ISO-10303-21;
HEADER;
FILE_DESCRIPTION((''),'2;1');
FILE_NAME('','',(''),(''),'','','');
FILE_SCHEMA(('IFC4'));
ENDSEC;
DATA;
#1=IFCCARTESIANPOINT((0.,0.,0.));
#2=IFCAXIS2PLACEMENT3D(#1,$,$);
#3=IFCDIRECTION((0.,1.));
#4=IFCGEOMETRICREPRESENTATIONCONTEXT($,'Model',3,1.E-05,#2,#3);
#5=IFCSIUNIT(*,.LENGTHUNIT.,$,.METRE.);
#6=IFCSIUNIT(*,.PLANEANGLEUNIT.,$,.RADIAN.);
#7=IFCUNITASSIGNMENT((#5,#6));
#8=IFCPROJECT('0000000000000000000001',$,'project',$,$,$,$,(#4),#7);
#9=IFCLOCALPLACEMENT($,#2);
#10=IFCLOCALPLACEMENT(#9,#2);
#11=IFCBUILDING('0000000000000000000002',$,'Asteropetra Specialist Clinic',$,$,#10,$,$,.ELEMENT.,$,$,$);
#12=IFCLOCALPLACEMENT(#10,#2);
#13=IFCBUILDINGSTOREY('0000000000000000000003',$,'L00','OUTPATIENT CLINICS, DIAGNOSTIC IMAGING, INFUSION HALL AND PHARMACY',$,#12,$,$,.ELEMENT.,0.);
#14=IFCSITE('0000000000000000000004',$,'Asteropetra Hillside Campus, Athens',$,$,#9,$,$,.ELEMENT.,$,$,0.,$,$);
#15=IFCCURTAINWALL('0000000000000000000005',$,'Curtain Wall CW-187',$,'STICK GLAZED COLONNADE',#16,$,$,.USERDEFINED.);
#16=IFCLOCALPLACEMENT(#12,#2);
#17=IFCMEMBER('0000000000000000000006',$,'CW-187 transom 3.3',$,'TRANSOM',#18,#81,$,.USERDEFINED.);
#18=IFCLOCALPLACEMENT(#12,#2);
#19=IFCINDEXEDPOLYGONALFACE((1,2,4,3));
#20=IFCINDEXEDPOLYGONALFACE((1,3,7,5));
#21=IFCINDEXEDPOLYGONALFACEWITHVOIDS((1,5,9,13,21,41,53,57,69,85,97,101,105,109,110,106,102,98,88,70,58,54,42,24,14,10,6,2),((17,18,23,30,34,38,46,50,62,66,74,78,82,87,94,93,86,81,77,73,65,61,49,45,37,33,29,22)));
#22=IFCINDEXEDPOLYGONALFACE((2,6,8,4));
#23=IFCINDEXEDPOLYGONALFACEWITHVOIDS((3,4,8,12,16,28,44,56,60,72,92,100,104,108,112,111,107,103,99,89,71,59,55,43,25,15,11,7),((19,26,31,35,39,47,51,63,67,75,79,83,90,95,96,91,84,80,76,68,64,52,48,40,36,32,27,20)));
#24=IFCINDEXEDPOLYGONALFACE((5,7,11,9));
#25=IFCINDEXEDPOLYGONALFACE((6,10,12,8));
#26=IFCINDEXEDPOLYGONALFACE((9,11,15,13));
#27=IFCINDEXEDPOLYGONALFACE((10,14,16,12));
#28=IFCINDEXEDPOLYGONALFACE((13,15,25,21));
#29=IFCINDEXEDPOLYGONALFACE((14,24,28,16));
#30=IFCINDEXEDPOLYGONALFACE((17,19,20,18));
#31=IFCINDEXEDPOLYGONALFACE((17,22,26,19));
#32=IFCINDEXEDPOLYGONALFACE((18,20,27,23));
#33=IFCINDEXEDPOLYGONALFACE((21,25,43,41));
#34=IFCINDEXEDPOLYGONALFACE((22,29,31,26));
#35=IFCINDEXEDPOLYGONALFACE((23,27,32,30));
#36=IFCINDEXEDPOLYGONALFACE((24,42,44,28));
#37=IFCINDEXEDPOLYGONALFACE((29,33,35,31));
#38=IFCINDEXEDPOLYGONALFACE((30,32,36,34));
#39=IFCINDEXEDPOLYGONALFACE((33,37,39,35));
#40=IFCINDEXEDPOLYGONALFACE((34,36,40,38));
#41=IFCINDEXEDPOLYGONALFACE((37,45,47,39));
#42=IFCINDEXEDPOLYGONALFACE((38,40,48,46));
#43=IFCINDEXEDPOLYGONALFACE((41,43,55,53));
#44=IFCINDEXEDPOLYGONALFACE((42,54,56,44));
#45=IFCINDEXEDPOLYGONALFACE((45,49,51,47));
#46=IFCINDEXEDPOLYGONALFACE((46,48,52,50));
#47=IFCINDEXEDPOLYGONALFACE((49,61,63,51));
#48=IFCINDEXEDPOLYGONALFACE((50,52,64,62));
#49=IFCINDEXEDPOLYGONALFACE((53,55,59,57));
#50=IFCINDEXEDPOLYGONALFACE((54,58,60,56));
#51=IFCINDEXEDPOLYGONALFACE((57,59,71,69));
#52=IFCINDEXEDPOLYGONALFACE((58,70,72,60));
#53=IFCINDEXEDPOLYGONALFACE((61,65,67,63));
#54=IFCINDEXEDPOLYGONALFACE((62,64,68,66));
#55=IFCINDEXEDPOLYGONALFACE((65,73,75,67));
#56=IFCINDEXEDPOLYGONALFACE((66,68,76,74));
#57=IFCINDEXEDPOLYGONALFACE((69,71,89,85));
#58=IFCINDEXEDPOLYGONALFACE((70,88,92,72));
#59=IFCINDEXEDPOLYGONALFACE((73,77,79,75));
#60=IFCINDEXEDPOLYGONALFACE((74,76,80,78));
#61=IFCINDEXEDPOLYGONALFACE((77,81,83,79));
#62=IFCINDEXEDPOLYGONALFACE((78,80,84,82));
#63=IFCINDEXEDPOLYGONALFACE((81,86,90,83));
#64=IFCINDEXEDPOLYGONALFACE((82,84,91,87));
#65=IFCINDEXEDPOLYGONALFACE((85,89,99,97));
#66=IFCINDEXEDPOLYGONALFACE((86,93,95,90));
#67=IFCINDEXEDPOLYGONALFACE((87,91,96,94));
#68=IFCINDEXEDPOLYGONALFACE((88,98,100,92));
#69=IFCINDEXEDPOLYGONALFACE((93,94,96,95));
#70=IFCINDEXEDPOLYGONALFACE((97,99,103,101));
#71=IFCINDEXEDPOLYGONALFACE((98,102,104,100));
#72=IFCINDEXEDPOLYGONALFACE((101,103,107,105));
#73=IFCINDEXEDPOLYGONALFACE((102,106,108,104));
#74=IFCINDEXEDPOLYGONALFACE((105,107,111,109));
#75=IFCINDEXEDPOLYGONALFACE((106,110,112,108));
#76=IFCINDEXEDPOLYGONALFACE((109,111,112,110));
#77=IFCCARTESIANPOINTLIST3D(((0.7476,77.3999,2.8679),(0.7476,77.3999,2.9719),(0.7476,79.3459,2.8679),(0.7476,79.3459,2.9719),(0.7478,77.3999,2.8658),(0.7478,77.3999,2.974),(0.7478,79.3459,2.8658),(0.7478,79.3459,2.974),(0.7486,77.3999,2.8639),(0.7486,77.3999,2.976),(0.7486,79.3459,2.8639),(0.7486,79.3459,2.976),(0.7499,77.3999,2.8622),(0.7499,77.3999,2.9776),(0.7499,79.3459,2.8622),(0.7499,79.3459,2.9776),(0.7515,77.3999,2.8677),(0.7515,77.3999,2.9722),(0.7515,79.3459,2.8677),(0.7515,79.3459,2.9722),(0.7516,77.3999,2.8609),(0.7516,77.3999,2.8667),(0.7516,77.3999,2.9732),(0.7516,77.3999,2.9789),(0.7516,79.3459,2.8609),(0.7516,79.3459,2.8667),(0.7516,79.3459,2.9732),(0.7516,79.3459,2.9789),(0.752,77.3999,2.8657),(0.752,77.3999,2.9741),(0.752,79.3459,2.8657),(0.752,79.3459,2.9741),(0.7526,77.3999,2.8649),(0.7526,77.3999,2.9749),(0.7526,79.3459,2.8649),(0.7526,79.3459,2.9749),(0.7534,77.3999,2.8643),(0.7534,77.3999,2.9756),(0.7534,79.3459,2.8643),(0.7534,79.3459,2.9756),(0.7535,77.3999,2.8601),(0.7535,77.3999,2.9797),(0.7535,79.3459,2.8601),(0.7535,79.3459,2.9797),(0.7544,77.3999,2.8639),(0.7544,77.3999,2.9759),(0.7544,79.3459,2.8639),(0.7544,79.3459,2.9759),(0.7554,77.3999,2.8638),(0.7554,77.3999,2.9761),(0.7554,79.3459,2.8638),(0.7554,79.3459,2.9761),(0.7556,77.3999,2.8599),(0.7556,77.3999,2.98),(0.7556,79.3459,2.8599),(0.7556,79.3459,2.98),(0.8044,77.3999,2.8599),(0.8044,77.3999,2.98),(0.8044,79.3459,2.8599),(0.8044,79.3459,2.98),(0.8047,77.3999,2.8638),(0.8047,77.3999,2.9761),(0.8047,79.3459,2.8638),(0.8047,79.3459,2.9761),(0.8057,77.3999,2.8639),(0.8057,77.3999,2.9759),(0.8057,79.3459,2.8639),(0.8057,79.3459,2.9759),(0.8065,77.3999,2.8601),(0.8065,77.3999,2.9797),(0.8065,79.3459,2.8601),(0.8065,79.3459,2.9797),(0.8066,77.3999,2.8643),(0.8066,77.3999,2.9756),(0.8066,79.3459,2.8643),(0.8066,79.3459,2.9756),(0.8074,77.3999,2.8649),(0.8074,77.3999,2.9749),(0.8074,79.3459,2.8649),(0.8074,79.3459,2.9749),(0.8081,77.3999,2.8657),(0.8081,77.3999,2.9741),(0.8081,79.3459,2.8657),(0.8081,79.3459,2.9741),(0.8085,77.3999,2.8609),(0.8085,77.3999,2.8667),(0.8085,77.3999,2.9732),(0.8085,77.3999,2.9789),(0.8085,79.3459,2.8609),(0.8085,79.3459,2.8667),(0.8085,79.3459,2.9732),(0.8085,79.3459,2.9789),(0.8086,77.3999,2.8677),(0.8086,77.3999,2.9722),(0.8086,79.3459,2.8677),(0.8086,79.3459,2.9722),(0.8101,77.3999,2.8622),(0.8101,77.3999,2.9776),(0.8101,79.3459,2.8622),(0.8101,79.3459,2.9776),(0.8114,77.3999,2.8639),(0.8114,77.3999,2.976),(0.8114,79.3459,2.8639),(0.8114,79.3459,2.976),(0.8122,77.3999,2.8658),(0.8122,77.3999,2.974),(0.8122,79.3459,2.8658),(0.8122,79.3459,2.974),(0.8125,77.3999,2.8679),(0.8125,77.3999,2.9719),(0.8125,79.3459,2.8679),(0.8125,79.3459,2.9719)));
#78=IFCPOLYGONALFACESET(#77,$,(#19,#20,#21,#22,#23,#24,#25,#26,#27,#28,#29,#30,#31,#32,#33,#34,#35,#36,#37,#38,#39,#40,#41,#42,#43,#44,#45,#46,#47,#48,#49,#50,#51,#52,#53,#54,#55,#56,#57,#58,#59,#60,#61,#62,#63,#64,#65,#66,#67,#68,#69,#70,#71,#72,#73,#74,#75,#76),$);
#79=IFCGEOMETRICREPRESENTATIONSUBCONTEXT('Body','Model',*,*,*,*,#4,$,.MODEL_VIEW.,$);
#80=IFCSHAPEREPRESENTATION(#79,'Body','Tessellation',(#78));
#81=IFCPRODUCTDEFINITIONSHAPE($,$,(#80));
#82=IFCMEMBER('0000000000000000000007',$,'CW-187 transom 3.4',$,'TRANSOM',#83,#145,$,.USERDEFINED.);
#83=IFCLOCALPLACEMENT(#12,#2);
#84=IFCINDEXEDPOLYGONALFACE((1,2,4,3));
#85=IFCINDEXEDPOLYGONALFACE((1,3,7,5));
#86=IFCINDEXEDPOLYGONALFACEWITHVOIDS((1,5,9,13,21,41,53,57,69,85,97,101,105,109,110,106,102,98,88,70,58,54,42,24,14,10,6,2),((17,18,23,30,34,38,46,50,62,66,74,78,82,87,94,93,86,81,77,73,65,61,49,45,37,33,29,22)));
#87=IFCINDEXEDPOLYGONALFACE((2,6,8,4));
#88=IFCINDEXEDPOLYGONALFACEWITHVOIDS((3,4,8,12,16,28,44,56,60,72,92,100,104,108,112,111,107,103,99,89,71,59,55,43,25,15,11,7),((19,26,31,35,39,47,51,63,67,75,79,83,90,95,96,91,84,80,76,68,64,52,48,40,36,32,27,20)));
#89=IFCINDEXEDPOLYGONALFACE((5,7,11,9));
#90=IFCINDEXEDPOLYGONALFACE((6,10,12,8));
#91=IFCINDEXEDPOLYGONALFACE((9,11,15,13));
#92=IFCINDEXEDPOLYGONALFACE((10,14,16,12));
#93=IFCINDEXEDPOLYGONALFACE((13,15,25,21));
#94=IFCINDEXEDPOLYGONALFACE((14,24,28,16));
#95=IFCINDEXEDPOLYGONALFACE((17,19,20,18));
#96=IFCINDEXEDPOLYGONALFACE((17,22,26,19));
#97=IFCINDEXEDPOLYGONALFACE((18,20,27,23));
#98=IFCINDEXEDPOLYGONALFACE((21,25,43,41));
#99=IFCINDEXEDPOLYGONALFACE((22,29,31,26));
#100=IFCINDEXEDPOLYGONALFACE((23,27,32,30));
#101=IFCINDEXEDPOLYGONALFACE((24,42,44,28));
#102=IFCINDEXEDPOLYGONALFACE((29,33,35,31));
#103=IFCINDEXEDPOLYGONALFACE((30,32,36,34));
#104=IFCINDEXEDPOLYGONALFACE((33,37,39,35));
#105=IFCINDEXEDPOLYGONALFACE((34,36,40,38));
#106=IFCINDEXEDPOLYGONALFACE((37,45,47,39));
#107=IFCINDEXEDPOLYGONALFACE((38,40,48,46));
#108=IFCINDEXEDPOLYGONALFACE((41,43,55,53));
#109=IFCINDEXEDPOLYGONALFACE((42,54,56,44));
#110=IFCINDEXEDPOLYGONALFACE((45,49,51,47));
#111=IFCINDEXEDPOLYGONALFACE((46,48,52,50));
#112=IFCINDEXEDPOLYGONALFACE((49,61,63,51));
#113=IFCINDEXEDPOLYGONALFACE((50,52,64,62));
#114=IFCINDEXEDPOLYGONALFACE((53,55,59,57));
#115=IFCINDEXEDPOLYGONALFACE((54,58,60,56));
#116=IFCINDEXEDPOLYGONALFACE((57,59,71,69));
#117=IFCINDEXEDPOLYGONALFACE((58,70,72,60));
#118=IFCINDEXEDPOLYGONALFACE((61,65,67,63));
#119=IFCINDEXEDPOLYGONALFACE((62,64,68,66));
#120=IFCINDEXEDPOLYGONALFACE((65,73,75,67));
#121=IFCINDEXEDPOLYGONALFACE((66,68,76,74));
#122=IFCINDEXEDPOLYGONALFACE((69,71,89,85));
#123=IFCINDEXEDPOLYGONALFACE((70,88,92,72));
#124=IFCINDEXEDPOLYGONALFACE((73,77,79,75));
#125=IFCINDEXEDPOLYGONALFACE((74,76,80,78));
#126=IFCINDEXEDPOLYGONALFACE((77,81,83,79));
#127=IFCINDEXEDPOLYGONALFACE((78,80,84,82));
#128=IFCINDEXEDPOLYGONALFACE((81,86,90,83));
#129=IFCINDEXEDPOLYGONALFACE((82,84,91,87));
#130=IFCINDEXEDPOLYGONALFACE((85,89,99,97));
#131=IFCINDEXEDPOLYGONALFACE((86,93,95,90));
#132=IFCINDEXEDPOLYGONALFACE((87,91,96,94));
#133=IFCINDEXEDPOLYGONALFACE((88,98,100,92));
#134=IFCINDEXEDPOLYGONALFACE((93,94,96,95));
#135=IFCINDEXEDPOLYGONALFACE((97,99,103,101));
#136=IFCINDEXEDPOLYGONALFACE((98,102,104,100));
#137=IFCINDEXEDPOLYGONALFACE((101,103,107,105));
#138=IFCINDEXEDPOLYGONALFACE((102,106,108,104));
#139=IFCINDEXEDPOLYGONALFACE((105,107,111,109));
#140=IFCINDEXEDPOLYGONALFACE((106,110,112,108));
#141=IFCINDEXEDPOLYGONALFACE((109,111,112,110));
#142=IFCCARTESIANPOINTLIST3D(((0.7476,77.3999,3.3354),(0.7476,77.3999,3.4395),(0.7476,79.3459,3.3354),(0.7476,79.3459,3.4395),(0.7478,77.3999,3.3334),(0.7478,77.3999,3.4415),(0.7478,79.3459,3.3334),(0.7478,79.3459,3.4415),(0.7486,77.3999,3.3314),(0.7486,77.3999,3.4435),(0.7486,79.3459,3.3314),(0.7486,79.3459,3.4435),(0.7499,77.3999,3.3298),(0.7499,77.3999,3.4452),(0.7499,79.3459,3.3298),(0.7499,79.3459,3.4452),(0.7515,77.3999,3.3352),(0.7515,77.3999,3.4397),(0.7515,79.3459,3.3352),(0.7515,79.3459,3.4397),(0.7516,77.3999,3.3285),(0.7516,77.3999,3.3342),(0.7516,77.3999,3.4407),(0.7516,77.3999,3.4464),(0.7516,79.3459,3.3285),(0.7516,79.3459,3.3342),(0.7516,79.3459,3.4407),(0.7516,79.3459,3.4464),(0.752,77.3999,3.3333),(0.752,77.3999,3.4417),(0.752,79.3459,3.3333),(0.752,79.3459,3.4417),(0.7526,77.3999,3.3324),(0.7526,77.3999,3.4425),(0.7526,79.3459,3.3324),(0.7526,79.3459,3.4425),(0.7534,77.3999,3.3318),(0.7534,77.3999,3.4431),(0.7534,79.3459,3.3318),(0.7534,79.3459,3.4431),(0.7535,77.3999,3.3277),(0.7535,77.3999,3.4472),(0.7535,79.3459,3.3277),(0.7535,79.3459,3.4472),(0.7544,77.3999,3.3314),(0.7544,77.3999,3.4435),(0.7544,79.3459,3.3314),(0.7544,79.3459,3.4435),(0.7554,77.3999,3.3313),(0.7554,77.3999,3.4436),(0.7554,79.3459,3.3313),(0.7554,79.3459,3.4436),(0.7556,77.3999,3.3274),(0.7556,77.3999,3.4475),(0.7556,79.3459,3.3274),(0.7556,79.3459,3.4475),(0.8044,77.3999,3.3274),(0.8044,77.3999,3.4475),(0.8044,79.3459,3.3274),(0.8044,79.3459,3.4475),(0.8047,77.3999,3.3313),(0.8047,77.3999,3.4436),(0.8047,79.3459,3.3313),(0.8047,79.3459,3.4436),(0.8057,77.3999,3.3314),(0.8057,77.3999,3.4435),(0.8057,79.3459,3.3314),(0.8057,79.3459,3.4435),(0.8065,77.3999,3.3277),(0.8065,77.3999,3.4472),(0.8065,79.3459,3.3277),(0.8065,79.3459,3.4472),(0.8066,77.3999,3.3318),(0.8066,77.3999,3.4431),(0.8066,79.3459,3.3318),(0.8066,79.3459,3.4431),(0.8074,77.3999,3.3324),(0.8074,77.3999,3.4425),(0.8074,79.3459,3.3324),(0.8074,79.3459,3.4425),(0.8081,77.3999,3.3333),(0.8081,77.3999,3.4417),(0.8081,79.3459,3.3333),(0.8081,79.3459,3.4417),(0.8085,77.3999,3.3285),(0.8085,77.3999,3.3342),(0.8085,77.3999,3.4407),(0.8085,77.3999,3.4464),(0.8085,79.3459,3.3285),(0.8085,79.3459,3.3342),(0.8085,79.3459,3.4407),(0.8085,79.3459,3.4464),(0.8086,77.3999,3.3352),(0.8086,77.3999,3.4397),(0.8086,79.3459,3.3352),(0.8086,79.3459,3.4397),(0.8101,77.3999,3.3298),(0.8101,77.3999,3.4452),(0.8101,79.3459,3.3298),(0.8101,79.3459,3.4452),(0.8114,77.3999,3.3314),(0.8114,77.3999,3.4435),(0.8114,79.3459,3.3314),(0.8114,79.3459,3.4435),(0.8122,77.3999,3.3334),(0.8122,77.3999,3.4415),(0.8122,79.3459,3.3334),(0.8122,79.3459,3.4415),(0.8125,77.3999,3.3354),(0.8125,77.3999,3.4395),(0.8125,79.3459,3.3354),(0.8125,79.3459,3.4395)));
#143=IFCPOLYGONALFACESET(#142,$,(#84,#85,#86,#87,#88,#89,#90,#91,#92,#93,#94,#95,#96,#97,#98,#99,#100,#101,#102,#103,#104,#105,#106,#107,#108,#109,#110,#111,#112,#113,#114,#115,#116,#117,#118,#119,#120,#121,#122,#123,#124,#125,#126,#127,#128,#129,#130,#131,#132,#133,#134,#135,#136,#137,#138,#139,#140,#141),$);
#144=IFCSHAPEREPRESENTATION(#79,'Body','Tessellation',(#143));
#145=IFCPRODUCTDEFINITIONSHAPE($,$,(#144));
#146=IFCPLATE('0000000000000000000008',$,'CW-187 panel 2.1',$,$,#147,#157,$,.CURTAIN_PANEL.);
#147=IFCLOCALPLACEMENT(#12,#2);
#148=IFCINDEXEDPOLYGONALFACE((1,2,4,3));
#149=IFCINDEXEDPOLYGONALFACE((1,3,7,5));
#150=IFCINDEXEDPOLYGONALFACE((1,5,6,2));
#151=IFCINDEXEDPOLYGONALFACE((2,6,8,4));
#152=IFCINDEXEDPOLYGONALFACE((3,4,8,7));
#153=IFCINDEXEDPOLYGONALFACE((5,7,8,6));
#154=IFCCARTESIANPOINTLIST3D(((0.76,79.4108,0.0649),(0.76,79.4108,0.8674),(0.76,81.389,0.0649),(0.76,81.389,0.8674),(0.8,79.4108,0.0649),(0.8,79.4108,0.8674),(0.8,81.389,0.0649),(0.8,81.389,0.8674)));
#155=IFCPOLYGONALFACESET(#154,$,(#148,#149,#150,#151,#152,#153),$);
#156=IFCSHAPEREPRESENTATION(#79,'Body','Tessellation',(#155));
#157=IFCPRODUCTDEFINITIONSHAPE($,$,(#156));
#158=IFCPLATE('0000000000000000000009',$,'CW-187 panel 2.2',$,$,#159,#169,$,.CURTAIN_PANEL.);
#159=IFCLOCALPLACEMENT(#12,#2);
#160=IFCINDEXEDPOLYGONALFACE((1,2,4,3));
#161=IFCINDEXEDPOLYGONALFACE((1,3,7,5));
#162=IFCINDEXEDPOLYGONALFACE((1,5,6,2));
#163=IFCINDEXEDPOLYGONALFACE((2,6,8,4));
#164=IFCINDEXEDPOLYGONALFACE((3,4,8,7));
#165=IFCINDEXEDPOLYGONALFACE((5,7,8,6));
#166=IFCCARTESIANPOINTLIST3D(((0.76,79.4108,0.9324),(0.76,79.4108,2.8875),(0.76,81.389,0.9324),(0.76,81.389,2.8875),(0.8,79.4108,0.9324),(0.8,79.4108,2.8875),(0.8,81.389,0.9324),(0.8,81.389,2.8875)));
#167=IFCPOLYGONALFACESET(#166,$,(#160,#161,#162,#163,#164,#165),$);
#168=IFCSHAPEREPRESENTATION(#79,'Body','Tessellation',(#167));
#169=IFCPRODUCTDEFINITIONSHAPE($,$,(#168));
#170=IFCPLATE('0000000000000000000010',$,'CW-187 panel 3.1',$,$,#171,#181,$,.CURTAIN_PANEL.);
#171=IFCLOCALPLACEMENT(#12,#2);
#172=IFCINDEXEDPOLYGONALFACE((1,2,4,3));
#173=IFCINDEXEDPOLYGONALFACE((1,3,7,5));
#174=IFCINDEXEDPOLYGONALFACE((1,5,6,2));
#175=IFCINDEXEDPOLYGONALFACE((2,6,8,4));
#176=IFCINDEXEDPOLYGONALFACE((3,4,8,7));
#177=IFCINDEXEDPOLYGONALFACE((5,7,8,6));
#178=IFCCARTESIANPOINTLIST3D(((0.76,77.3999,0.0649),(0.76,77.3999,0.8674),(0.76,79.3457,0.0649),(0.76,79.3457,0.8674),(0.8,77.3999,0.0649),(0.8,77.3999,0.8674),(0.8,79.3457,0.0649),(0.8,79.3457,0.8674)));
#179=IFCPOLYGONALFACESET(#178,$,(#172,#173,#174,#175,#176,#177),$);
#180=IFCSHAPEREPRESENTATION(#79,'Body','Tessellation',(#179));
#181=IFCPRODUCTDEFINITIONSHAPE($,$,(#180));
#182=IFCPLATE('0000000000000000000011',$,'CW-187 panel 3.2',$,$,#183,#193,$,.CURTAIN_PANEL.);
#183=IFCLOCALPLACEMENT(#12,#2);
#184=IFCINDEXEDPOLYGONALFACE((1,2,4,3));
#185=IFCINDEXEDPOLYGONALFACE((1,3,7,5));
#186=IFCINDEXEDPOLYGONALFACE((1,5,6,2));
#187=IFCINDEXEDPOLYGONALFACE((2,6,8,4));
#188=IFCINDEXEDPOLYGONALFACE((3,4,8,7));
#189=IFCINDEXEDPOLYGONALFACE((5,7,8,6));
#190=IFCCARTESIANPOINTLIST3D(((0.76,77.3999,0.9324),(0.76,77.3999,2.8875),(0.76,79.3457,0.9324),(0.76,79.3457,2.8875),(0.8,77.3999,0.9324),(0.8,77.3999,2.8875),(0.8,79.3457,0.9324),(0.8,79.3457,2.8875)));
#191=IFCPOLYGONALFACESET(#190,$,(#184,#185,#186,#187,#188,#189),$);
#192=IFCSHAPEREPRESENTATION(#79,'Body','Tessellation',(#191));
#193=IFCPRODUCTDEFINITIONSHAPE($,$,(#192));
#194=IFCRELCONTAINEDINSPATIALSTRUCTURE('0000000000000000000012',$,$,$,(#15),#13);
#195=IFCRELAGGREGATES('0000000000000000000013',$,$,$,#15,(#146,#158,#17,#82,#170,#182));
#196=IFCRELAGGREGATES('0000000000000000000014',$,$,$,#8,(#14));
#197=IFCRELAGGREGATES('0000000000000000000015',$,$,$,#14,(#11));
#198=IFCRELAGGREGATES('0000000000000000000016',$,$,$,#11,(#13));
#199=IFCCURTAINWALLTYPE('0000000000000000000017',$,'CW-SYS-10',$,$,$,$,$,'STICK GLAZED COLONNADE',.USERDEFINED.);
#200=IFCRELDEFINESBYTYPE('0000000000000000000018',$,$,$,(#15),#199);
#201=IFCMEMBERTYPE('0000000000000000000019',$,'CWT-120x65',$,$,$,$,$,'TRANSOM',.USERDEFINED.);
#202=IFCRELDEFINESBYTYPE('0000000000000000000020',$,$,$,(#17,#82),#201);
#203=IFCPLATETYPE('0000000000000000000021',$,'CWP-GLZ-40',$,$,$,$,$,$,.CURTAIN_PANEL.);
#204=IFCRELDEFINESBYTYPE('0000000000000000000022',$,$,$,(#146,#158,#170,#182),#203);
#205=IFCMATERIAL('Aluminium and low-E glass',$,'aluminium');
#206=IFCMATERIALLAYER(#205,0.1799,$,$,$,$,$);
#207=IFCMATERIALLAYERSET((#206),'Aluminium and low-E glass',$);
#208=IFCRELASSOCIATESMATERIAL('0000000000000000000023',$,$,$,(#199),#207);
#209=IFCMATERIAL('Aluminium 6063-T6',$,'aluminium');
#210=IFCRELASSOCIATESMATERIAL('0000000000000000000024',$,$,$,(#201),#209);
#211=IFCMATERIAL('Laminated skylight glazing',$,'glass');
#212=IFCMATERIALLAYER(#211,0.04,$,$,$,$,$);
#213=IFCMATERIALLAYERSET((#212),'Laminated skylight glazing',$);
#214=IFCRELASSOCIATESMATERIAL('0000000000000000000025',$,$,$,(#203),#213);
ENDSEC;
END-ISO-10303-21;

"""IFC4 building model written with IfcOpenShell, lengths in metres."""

from ifc_helpers import new_model, si_unit, direction, frame, origin, origin_2d, place, context, subcontext, project, spatial, rectangle, hollow_rectangle, extrude, material, layer, layer_set, material_profile, profile_set, type_object, element, aggregate, save


model = new_model("IFC4")

# Units and contexts
model_context = context("Model", 3, precision=1e-05, world=origin(), true_north=direction((0.0, 1.0)))
body_context = subcontext(model_context, "Body", "Model", "MODEL_VIEW")
ifc_project = project(units=[si_unit("LENGTHUNIT", "METRE"), si_unit("PLANEANGLEUNIT", "RADIAN")], contexts=[model_context])

# Site, building, storey
site_placement = place(None, origin())
site = spatial("IfcSite", under=ifc_project, at=site_placement, Name="Asteropetra Hillside Campus, Athens", CompositionType="ELEMENT", RefElevation=0.0)
building_placement = place(site_placement, origin())
building = spatial("IfcBuilding", under=site, at=building_placement, Name="Asteropetra Specialist Clinic", CompositionType="ELEMENT")
storey_placement = place(building_placement, origin())
storey = spatial("IfcBuildingStorey", under=building, at=storey_placement, Name="L00", Description="OUTPATIENT CLINICS, DIAGNOSTIC IMAGING, INFUSION HALL AND PHARMACY", CompositionType="ELEMENT", Elevation=0.0)

# Curtain wall, members, plates
ifc_material_1 = material(Name="Aluminium and low-E glass", Category="aluminium")
ifc_layer_1 = layer(ifc_material_1, 0.1799)
ifc_layer_set_1 = layer_set([ifc_layer_1], Name="Aluminium and low-E glass")
curtain_wall_type = type_object("IfcCurtainWallType", Name="CW-SYS-10", ElementType="STICK GLAZED COLONNADE", PredefinedType="USERDEFINED", material=ifc_layer_set_1)
curtain_wall_placement = place(storey_placement, origin())
curtain_wall = element("IfcCurtainWall", 1, at=curtain_wall_placement, inside=storey, type_object=curtain_wall_type, Name="Curtain Wall CW-187", ObjectType="STICK GLAZED COLONNADE", PredefinedType="USERDEFINED")
ifc_material_2 = material(Name="Aluminium 6063-T6", Category="aluminium")
ifc_material_profile_1 = material_profile(ifc_material_2, hollow_rectangle(XDim=0.0649, YDim=0.1201, WallThickness=0.0039, InnerFilletRadius=0.0039, OuterFilletRadius=0.0081, at=origin_2d()), Name="TRN 120x65x4.0")
ifc_profile_set_1 = profile_set([ifc_material_profile_1], Name="Aluminium 6063-T6")
member_type_1 = type_object("IfcMemberType", Name="CWT-120x65", ElementType="TRANSOM", PredefinedType="USERDEFINED", material=ifc_profile_set_1)
member_1_placement = place(storey_placement, frame((0.78, 79.3459, 2.9199), z_axis=(0.0, -1.0, 0.0), x_axis=(1.0, 0.0, 0.0)))
member_1 = element("IfcMember", 2, at=member_1_placement, type_object=member_type_1, Name="CW-187 transom 3.3", ObjectType="TRANSOM", PredefinedType="USERDEFINED", context=body_context, shape_type="SweptSolid", body=[
    extrude(hollow_rectangle(XDim=0.0649, YDim=0.1201, WallThickness=0.0039, InnerFilletRadius=0.0039, OuterFilletRadius=0.0081, at=origin_2d()), origin(), (0.0, 0.0, 1.0), 1.946),
])
member_2_placement = place(storey_placement, frame((0.78, 79.3459, 3.3875), z_axis=(0.0, -1.0, 0.0), x_axis=(1.0, 0.0, 0.0)))
member_2 = element("IfcMember", 3, at=member_2_placement, type_object=member_type_1, Name="CW-187 transom 3.4", ObjectType="TRANSOM", PredefinedType="USERDEFINED", context=body_context, shape_type="SweptSolid", body=[
    extrude(hollow_rectangle(XDim=0.0649, YDim=0.1201, WallThickness=0.0039, InnerFilletRadius=0.0039, OuterFilletRadius=0.0081, at=origin_2d()), origin(), (0.0, 0.0, 1.0), 1.946),
])
ifc_material_3 = material(Name="Laminated skylight glazing", Category="glass")
ifc_layer_2 = layer(ifc_material_3, 0.04)
ifc_layer_set_2 = layer_set([ifc_layer_2], Name="Laminated skylight glazing")
plate_type = type_object("IfcPlateType", Name="CWP-GLZ-40", PredefinedType="CURTAIN_PANEL", material=ifc_layer_set_2)
plate_1_placement = place(storey_placement, frame((0.78, 80.3999, 0.0649), z_axis=(0.0, 0.0, 1.0), x_axis=(0.0, -1.0, 0.0)))
plate_1 = element("IfcPlate", 4, at=plate_1_placement, type_object=plate_type, Name="CW-187 panel 2.1", PredefinedType="CURTAIN_PANEL", context=body_context, shape_type="SweptSolid", body=[
    extrude(rectangle(XDim=1.9783, YDim=0.04, at=origin_2d()), origin(), (0.0, 0.0, 1.0), 0.8025),
])
plate_2_placement = place(storey_placement, frame((0.78, 80.3999, 0.9324), z_axis=(0.0, 0.0, 1.0), x_axis=(0.0, -1.0, 0.0)))
plate_2 = element("IfcPlate", 5, at=plate_2_placement, type_object=plate_type, Name="CW-187 panel 2.2", PredefinedType="CURTAIN_PANEL", context=body_context, shape_type="SweptSolid", body=[
    extrude(rectangle(XDim=1.9783, YDim=0.04, at=origin_2d()), origin(), (0.0, 0.0, 1.0), 1.9551),
])
plate_3_placement = place(storey_placement, frame((0.78, 78.3728, 0.0649), z_axis=(0.0, 0.0, 1.0), x_axis=(0.0, -1.0, 0.0)))
plate_3 = element("IfcPlate", 6, at=plate_3_placement, type_object=plate_type, Name="CW-187 panel 3.1", PredefinedType="CURTAIN_PANEL", context=body_context, shape_type="SweptSolid", body=[
    extrude(rectangle(XDim=1.9458, YDim=0.04, at=origin_2d()), origin(), (0.0, 0.0, 1.0), 0.8025),
])
plate_4_placement = place(storey_placement, frame((0.78, 78.3728, 0.9324), z_axis=(0.0, 0.0, 1.0), x_axis=(0.0, -1.0, 0.0)))
plate_4 = element("IfcPlate", 7, at=plate_4_placement, type_object=plate_type, Name="CW-187 panel 3.2", PredefinedType="CURTAIN_PANEL", context=body_context, shape_type="SweptSolid", body=[
    extrude(rectangle(XDim=1.9458, YDim=0.04, at=origin_2d()), origin(), (0.0, 0.0, 1.0), 1.9551),
])
aggregate(curtain_wall, [plate_1, plate_2, member_1, member_2, plate_3, plate_4])

save(model, "model.ifc")
